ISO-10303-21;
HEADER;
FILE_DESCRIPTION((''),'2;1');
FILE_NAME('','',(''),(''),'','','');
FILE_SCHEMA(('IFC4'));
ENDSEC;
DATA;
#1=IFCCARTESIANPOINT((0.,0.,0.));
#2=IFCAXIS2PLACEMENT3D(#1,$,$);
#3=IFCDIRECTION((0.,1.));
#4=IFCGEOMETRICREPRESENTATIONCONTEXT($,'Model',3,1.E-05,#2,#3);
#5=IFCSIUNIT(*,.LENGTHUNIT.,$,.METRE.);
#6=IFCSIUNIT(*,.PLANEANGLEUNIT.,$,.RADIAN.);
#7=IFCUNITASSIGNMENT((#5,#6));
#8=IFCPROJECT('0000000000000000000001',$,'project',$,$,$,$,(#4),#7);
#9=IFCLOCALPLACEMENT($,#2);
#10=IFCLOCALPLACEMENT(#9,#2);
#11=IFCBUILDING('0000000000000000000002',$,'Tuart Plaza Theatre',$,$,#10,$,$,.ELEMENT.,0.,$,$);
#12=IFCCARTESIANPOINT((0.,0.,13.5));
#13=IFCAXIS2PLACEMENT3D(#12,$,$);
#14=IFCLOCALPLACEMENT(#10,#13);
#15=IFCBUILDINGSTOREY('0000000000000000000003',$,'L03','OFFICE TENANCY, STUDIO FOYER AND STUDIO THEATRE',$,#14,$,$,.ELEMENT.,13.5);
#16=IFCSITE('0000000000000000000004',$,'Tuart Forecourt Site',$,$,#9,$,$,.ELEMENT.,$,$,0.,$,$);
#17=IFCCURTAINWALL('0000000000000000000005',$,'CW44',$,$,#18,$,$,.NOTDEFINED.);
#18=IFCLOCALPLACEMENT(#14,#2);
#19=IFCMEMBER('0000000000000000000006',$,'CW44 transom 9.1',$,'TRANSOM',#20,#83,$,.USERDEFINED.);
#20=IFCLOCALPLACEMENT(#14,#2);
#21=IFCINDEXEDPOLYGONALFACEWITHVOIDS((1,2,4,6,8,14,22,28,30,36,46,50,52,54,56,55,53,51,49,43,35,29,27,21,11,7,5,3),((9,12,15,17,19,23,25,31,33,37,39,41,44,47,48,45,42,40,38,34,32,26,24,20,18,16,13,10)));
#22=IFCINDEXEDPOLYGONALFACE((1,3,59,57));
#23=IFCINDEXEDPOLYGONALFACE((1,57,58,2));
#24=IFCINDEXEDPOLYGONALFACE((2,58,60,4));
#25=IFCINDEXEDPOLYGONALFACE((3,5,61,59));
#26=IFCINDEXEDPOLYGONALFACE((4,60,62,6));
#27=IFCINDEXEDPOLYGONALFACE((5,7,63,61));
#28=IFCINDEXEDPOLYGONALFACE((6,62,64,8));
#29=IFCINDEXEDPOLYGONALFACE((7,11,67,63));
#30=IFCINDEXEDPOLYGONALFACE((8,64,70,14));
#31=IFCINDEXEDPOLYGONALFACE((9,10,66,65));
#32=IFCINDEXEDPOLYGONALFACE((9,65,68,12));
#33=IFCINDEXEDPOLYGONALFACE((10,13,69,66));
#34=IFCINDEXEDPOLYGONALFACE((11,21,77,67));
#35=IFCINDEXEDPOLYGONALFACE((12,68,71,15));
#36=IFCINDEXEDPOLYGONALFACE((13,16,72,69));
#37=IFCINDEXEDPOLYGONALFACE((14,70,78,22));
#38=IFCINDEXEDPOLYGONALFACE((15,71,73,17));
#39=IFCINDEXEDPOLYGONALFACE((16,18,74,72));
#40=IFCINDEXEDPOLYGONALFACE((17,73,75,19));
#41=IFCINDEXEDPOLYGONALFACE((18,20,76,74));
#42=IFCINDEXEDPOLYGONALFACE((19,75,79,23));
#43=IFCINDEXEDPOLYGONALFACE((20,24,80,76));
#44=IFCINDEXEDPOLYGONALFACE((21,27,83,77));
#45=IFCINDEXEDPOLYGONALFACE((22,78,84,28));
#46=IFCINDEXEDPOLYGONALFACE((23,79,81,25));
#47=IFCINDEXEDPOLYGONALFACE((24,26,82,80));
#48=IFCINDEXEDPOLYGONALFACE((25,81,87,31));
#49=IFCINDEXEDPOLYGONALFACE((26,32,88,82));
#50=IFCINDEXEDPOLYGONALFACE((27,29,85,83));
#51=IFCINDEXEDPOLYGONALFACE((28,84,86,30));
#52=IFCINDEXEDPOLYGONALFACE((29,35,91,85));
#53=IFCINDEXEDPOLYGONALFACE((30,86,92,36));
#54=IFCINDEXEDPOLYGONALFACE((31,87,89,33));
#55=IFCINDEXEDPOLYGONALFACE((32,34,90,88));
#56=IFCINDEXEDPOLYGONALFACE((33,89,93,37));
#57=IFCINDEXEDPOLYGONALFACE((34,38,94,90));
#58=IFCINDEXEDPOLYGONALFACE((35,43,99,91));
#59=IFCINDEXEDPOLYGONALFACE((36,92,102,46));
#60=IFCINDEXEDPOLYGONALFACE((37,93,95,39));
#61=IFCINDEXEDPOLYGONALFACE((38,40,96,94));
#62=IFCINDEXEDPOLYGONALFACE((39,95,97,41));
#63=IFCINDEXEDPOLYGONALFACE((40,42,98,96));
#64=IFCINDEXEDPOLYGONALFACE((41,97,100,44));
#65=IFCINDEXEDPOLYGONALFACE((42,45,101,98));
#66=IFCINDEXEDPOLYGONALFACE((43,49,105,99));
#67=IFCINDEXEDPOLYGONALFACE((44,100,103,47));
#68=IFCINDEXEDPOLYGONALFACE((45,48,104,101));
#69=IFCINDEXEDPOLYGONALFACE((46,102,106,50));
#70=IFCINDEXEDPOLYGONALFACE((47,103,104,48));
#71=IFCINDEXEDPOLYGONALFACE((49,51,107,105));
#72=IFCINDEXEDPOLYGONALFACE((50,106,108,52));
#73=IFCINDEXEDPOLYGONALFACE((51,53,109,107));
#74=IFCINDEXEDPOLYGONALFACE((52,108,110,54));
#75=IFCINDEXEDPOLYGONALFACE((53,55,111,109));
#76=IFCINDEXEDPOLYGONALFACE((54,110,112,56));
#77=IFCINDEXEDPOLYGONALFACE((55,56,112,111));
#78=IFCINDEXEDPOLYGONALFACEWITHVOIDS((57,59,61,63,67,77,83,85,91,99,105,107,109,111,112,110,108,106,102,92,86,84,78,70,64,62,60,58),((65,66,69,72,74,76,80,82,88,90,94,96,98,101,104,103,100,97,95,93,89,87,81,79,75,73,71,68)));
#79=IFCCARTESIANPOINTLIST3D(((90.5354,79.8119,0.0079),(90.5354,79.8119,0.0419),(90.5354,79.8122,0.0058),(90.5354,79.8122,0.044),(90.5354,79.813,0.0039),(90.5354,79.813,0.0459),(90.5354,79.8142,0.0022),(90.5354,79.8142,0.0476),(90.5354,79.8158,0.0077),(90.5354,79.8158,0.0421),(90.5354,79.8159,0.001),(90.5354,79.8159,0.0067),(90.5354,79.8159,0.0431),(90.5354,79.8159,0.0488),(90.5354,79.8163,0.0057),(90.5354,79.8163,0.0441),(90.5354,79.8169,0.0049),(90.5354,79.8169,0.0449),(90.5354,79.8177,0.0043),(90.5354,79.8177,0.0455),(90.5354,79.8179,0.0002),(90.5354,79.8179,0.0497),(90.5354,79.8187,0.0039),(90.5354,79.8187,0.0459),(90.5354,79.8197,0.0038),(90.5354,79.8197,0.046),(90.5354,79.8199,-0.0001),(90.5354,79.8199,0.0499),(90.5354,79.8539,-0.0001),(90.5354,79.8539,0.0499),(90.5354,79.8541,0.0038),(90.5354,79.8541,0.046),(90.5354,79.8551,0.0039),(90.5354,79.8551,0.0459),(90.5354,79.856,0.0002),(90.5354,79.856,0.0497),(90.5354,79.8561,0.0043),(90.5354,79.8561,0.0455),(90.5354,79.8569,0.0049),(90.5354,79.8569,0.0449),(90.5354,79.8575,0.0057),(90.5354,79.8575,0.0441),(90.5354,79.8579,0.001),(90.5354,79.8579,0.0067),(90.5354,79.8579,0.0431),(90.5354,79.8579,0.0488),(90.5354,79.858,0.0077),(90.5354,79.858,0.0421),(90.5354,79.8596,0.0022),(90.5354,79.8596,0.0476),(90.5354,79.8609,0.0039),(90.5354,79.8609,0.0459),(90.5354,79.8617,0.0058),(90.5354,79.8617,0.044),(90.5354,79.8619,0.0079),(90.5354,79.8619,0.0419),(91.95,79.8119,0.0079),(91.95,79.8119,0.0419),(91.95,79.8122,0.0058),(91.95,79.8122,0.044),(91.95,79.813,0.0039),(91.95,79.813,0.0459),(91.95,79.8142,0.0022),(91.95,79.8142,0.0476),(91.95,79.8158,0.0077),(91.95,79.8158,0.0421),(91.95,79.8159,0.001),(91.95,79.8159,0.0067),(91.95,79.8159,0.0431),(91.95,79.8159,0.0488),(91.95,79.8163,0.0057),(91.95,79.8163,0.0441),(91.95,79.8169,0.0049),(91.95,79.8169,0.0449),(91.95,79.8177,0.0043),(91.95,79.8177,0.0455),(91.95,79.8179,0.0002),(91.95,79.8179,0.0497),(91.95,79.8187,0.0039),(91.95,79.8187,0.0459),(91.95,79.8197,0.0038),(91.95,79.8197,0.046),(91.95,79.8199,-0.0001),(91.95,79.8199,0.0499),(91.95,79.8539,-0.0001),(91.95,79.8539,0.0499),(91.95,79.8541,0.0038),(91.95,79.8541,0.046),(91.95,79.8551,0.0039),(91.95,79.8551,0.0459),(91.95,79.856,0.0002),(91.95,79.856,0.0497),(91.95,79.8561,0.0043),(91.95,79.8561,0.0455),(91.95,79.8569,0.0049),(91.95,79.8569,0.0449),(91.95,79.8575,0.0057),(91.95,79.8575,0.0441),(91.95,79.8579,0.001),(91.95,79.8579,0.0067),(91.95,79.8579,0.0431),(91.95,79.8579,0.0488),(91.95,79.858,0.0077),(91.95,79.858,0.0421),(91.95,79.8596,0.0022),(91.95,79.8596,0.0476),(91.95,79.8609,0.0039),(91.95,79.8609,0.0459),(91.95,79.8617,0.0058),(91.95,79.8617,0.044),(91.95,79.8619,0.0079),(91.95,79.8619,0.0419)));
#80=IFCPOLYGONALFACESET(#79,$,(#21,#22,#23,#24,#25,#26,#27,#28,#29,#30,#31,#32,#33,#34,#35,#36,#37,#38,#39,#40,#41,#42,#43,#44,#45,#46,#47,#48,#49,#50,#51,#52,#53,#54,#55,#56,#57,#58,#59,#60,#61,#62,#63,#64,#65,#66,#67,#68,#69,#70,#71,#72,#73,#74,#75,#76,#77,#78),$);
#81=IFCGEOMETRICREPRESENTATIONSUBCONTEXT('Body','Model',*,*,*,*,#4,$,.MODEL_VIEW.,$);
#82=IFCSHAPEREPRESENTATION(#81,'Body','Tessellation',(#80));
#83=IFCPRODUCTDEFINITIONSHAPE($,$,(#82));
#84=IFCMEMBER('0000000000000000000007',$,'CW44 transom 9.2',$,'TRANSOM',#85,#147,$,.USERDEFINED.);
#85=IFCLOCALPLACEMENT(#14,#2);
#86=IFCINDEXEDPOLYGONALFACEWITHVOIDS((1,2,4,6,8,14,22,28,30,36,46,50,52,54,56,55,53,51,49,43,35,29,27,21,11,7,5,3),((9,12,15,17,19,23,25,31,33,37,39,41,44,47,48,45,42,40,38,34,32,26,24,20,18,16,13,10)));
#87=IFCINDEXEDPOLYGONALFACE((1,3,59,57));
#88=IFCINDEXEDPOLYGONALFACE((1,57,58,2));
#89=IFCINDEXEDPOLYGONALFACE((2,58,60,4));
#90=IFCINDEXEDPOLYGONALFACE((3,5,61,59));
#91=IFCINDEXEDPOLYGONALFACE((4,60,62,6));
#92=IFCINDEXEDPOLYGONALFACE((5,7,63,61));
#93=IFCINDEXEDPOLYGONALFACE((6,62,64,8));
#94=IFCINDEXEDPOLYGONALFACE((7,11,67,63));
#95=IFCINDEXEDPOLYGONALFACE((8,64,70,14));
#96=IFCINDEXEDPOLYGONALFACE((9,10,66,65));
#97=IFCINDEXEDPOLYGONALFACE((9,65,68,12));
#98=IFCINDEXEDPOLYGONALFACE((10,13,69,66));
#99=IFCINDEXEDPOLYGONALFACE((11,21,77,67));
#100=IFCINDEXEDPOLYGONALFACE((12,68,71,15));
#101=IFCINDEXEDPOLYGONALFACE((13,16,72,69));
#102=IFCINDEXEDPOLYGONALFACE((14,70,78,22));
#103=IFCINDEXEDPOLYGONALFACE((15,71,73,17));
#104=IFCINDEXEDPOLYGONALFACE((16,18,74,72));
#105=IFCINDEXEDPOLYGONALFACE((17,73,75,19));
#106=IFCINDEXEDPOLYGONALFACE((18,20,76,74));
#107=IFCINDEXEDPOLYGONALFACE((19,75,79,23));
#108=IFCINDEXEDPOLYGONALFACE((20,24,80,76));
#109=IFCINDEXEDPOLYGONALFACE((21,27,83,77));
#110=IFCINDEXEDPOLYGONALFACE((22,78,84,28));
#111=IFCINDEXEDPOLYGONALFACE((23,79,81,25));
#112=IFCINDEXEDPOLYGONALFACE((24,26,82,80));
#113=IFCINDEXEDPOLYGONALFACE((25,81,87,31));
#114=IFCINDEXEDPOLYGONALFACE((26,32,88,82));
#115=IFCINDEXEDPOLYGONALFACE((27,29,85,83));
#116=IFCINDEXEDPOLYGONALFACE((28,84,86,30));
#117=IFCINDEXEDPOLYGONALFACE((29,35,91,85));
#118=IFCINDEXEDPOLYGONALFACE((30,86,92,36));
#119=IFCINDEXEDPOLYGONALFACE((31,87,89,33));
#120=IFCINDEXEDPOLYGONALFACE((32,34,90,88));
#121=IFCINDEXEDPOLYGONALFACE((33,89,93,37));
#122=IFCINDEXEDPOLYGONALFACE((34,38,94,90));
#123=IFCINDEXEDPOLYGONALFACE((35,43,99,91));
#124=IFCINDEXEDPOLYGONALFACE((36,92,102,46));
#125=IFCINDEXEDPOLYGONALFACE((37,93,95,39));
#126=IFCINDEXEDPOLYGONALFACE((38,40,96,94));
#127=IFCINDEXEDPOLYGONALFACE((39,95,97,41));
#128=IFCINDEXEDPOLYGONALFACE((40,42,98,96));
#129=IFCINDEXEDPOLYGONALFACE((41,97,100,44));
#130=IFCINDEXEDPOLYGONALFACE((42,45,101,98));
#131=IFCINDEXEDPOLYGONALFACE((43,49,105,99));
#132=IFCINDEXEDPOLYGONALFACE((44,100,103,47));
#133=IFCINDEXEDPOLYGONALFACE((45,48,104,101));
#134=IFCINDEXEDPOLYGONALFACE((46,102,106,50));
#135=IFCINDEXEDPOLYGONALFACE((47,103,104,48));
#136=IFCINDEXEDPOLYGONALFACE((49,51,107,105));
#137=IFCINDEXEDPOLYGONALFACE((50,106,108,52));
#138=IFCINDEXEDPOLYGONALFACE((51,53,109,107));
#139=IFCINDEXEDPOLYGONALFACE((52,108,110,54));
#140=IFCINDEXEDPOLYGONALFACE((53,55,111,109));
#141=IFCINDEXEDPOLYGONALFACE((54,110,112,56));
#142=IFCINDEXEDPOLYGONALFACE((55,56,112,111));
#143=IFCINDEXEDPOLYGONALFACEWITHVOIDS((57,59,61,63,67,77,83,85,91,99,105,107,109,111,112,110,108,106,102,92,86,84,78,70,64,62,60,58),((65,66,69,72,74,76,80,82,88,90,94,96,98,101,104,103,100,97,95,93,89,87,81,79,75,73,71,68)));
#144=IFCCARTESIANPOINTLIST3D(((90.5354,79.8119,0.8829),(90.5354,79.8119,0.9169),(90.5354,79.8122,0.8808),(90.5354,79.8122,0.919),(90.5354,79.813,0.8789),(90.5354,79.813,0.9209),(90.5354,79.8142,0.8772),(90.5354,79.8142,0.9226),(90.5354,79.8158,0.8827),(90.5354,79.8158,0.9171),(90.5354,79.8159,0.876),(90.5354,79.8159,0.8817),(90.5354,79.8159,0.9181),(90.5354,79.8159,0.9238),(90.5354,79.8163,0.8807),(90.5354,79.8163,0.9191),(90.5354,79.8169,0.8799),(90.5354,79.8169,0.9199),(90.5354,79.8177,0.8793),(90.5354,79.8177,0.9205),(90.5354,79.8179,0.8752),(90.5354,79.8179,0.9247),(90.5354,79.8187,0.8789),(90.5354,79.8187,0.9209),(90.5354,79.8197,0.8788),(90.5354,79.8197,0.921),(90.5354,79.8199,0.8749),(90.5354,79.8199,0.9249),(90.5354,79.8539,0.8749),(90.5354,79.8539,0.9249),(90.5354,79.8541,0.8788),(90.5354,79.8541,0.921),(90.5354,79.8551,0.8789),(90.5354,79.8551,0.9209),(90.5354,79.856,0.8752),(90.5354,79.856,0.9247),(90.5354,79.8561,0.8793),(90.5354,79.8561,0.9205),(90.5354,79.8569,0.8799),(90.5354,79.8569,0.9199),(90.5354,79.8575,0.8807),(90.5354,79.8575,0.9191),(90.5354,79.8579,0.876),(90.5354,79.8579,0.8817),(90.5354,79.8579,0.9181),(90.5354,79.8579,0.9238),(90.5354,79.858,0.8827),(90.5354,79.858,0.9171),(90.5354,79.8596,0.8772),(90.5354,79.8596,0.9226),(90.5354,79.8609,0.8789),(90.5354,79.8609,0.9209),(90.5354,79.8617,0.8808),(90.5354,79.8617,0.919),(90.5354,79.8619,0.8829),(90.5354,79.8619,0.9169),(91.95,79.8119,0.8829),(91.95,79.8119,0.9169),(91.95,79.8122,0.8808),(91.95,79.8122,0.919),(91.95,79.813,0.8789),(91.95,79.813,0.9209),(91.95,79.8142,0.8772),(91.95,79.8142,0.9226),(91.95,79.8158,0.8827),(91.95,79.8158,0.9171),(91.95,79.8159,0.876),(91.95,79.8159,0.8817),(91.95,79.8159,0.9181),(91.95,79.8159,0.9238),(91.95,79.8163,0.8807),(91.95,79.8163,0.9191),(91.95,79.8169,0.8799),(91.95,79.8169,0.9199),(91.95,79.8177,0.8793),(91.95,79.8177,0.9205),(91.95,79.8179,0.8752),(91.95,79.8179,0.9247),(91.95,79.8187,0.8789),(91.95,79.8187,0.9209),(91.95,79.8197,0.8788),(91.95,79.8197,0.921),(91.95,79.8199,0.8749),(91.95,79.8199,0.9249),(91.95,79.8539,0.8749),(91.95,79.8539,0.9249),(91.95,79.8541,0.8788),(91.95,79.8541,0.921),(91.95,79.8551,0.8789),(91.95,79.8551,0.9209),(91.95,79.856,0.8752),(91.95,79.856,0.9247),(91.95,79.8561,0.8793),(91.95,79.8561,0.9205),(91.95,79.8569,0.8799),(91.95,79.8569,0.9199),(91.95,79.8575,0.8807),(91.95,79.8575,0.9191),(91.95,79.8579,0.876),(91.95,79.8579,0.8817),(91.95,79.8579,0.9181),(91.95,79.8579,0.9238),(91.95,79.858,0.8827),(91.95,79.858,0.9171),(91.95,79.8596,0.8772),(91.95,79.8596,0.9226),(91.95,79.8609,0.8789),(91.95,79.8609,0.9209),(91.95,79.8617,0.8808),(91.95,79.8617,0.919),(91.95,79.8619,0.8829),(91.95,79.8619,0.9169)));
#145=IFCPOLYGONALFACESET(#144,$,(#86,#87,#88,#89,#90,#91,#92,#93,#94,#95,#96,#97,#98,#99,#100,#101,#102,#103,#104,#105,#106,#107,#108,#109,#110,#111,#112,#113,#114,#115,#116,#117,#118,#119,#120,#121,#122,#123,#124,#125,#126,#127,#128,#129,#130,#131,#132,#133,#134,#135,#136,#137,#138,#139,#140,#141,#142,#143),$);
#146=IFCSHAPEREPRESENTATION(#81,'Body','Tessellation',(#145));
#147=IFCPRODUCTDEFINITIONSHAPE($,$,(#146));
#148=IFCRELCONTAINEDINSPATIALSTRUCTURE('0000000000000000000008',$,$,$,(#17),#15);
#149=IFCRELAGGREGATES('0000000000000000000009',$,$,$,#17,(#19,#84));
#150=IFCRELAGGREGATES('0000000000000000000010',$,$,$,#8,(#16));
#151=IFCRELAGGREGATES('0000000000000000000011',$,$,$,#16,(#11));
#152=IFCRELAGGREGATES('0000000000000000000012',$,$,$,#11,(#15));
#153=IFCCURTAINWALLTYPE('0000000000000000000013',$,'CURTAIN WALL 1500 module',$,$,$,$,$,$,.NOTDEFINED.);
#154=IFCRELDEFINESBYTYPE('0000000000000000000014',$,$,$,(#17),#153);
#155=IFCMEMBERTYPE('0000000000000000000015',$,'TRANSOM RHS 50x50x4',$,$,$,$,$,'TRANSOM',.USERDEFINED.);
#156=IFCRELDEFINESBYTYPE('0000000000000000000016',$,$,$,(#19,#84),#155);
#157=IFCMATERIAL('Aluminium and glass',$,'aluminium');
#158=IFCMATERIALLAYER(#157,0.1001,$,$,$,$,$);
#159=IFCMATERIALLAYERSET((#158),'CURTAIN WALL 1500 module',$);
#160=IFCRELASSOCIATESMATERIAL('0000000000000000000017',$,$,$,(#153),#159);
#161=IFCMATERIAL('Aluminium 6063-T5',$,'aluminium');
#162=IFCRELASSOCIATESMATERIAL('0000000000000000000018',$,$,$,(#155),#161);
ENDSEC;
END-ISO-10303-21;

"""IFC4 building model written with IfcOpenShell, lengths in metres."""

from ifc_helpers import new_model, si_unit, direction, frame, origin, origin_2d, place, context, subcontext, project, spatial, hollow_rectangle, extrude, material, layer, layer_set, material_profile, profile_set, type_object, element, aggregate, save


model = new_model("IFC4")

# Units and contexts
model_context = context("Model", 3, precision=1e-05, world=origin(), true_north=direction((0.0, 1.0)))
body_context = subcontext(model_context, "Body", "Model", "MODEL_VIEW")
ifc_project = project(units=[si_unit("LENGTHUNIT", "METRE"), si_unit("PLANEANGLEUNIT", "RADIAN")], contexts=[model_context])

# Site, building, storey
site_placement = place(None, origin())
site = spatial("IfcSite", under=ifc_project, at=site_placement, Name="Tuart Forecourt Site", CompositionType="ELEMENT", RefElevation=0.0)
building_placement = place(site_placement, origin())
building = spatial("IfcBuilding", under=site, at=building_placement, Name="Tuart Plaza Theatre", CompositionType="ELEMENT", ElevationOfRefHeight=0.0)
storey_placement = place(building_placement, frame((0.0, 0.0, 13.5)))
storey = spatial("IfcBuildingStorey", under=building, at=storey_placement, Name="L03", Description="OFFICE TENANCY, STUDIO FOYER AND STUDIO THEATRE", CompositionType="ELEMENT", Elevation=13.5)

# Curtain wall, members
ifc_material_1 = material(Name="Aluminium and glass", Category="aluminium")
ifc_layer_1 = layer(ifc_material_1, 0.1001)
ifc_layer_set_1 = layer_set([ifc_layer_1], Name="CURTAIN WALL 1500 module")
curtain_wall_type = type_object("IfcCurtainWallType", Name="CURTAIN WALL 1500 module", PredefinedType="NOTDEFINED", material=ifc_layer_set_1)
curtain_wall_placement = place(storey_placement, origin())
curtain_wall = element("IfcCurtainWall", 1, at=curtain_wall_placement, inside=storey, type_object=curtain_wall_type, Name="CW44", PredefinedType="NOTDEFINED")
ifc_material_2 = material(Name="Aluminium 6063-T5", Category="aluminium")
ifc_material_profile_1 = material_profile(ifc_material_2, hollow_rectangle(XDim=0.05, YDim=0.05, WallThickness=0.0039, InnerFilletRadius=0.0039, OuterFilletRadius=0.0081, at=origin_2d()), Name="RHS 50x50x4")
ifc_profile_set_1 = profile_set([ifc_material_profile_1], Name="Aluminium 6063-T5")
member_type_1 = type_object("IfcMemberType", Name="TRANSOM RHS 50x50x4", ElementType="TRANSOM", PredefinedType="USERDEFINED", material=ifc_profile_set_1)
member_1_placement = place(storey_placement, frame((90.5354, 79.8369, 0.0249), z_axis=(1.0, 0.0, 0.0), x_axis=(0.0, 1.0, 0.0)))
member_1 = element("IfcMember", 2, at=member_1_placement, type_object=member_type_1, Name="CW44 transom 9.1", ObjectType="TRANSOM", PredefinedType="USERDEFINED", context=body_context, shape_type="SweptSolid", body=[
    extrude(hollow_rectangle(XDim=0.05, YDim=0.05, WallThickness=0.0039, InnerFilletRadius=0.0039, OuterFilletRadius=0.0081, at=origin_2d()), origin(), (0.0, 0.0, 1.0), 1.4146),
])
member_2_placement = place(storey_placement, frame((90.5354, 79.8369, 0.8999), z_axis=(1.0, 0.0, 0.0), x_axis=(0.0, 1.0, 0.0)))
member_2 = element("IfcMember", 3, at=member_2_placement, type_object=member_type_1, Name="CW44 transom 9.2", ObjectType="TRANSOM", PredefinedType="USERDEFINED", context=body_context, shape_type="SweptSolid", body=[
    extrude(hollow_rectangle(XDim=0.05, YDim=0.05, WallThickness=0.0039, InnerFilletRadius=0.0039, OuterFilletRadius=0.0081, at=origin_2d()), origin(), (0.0, 0.0, 1.0), 1.4146),
])
aggregate(curtain_wall, [member_1, member_2])

save(model, "model.ifc")
